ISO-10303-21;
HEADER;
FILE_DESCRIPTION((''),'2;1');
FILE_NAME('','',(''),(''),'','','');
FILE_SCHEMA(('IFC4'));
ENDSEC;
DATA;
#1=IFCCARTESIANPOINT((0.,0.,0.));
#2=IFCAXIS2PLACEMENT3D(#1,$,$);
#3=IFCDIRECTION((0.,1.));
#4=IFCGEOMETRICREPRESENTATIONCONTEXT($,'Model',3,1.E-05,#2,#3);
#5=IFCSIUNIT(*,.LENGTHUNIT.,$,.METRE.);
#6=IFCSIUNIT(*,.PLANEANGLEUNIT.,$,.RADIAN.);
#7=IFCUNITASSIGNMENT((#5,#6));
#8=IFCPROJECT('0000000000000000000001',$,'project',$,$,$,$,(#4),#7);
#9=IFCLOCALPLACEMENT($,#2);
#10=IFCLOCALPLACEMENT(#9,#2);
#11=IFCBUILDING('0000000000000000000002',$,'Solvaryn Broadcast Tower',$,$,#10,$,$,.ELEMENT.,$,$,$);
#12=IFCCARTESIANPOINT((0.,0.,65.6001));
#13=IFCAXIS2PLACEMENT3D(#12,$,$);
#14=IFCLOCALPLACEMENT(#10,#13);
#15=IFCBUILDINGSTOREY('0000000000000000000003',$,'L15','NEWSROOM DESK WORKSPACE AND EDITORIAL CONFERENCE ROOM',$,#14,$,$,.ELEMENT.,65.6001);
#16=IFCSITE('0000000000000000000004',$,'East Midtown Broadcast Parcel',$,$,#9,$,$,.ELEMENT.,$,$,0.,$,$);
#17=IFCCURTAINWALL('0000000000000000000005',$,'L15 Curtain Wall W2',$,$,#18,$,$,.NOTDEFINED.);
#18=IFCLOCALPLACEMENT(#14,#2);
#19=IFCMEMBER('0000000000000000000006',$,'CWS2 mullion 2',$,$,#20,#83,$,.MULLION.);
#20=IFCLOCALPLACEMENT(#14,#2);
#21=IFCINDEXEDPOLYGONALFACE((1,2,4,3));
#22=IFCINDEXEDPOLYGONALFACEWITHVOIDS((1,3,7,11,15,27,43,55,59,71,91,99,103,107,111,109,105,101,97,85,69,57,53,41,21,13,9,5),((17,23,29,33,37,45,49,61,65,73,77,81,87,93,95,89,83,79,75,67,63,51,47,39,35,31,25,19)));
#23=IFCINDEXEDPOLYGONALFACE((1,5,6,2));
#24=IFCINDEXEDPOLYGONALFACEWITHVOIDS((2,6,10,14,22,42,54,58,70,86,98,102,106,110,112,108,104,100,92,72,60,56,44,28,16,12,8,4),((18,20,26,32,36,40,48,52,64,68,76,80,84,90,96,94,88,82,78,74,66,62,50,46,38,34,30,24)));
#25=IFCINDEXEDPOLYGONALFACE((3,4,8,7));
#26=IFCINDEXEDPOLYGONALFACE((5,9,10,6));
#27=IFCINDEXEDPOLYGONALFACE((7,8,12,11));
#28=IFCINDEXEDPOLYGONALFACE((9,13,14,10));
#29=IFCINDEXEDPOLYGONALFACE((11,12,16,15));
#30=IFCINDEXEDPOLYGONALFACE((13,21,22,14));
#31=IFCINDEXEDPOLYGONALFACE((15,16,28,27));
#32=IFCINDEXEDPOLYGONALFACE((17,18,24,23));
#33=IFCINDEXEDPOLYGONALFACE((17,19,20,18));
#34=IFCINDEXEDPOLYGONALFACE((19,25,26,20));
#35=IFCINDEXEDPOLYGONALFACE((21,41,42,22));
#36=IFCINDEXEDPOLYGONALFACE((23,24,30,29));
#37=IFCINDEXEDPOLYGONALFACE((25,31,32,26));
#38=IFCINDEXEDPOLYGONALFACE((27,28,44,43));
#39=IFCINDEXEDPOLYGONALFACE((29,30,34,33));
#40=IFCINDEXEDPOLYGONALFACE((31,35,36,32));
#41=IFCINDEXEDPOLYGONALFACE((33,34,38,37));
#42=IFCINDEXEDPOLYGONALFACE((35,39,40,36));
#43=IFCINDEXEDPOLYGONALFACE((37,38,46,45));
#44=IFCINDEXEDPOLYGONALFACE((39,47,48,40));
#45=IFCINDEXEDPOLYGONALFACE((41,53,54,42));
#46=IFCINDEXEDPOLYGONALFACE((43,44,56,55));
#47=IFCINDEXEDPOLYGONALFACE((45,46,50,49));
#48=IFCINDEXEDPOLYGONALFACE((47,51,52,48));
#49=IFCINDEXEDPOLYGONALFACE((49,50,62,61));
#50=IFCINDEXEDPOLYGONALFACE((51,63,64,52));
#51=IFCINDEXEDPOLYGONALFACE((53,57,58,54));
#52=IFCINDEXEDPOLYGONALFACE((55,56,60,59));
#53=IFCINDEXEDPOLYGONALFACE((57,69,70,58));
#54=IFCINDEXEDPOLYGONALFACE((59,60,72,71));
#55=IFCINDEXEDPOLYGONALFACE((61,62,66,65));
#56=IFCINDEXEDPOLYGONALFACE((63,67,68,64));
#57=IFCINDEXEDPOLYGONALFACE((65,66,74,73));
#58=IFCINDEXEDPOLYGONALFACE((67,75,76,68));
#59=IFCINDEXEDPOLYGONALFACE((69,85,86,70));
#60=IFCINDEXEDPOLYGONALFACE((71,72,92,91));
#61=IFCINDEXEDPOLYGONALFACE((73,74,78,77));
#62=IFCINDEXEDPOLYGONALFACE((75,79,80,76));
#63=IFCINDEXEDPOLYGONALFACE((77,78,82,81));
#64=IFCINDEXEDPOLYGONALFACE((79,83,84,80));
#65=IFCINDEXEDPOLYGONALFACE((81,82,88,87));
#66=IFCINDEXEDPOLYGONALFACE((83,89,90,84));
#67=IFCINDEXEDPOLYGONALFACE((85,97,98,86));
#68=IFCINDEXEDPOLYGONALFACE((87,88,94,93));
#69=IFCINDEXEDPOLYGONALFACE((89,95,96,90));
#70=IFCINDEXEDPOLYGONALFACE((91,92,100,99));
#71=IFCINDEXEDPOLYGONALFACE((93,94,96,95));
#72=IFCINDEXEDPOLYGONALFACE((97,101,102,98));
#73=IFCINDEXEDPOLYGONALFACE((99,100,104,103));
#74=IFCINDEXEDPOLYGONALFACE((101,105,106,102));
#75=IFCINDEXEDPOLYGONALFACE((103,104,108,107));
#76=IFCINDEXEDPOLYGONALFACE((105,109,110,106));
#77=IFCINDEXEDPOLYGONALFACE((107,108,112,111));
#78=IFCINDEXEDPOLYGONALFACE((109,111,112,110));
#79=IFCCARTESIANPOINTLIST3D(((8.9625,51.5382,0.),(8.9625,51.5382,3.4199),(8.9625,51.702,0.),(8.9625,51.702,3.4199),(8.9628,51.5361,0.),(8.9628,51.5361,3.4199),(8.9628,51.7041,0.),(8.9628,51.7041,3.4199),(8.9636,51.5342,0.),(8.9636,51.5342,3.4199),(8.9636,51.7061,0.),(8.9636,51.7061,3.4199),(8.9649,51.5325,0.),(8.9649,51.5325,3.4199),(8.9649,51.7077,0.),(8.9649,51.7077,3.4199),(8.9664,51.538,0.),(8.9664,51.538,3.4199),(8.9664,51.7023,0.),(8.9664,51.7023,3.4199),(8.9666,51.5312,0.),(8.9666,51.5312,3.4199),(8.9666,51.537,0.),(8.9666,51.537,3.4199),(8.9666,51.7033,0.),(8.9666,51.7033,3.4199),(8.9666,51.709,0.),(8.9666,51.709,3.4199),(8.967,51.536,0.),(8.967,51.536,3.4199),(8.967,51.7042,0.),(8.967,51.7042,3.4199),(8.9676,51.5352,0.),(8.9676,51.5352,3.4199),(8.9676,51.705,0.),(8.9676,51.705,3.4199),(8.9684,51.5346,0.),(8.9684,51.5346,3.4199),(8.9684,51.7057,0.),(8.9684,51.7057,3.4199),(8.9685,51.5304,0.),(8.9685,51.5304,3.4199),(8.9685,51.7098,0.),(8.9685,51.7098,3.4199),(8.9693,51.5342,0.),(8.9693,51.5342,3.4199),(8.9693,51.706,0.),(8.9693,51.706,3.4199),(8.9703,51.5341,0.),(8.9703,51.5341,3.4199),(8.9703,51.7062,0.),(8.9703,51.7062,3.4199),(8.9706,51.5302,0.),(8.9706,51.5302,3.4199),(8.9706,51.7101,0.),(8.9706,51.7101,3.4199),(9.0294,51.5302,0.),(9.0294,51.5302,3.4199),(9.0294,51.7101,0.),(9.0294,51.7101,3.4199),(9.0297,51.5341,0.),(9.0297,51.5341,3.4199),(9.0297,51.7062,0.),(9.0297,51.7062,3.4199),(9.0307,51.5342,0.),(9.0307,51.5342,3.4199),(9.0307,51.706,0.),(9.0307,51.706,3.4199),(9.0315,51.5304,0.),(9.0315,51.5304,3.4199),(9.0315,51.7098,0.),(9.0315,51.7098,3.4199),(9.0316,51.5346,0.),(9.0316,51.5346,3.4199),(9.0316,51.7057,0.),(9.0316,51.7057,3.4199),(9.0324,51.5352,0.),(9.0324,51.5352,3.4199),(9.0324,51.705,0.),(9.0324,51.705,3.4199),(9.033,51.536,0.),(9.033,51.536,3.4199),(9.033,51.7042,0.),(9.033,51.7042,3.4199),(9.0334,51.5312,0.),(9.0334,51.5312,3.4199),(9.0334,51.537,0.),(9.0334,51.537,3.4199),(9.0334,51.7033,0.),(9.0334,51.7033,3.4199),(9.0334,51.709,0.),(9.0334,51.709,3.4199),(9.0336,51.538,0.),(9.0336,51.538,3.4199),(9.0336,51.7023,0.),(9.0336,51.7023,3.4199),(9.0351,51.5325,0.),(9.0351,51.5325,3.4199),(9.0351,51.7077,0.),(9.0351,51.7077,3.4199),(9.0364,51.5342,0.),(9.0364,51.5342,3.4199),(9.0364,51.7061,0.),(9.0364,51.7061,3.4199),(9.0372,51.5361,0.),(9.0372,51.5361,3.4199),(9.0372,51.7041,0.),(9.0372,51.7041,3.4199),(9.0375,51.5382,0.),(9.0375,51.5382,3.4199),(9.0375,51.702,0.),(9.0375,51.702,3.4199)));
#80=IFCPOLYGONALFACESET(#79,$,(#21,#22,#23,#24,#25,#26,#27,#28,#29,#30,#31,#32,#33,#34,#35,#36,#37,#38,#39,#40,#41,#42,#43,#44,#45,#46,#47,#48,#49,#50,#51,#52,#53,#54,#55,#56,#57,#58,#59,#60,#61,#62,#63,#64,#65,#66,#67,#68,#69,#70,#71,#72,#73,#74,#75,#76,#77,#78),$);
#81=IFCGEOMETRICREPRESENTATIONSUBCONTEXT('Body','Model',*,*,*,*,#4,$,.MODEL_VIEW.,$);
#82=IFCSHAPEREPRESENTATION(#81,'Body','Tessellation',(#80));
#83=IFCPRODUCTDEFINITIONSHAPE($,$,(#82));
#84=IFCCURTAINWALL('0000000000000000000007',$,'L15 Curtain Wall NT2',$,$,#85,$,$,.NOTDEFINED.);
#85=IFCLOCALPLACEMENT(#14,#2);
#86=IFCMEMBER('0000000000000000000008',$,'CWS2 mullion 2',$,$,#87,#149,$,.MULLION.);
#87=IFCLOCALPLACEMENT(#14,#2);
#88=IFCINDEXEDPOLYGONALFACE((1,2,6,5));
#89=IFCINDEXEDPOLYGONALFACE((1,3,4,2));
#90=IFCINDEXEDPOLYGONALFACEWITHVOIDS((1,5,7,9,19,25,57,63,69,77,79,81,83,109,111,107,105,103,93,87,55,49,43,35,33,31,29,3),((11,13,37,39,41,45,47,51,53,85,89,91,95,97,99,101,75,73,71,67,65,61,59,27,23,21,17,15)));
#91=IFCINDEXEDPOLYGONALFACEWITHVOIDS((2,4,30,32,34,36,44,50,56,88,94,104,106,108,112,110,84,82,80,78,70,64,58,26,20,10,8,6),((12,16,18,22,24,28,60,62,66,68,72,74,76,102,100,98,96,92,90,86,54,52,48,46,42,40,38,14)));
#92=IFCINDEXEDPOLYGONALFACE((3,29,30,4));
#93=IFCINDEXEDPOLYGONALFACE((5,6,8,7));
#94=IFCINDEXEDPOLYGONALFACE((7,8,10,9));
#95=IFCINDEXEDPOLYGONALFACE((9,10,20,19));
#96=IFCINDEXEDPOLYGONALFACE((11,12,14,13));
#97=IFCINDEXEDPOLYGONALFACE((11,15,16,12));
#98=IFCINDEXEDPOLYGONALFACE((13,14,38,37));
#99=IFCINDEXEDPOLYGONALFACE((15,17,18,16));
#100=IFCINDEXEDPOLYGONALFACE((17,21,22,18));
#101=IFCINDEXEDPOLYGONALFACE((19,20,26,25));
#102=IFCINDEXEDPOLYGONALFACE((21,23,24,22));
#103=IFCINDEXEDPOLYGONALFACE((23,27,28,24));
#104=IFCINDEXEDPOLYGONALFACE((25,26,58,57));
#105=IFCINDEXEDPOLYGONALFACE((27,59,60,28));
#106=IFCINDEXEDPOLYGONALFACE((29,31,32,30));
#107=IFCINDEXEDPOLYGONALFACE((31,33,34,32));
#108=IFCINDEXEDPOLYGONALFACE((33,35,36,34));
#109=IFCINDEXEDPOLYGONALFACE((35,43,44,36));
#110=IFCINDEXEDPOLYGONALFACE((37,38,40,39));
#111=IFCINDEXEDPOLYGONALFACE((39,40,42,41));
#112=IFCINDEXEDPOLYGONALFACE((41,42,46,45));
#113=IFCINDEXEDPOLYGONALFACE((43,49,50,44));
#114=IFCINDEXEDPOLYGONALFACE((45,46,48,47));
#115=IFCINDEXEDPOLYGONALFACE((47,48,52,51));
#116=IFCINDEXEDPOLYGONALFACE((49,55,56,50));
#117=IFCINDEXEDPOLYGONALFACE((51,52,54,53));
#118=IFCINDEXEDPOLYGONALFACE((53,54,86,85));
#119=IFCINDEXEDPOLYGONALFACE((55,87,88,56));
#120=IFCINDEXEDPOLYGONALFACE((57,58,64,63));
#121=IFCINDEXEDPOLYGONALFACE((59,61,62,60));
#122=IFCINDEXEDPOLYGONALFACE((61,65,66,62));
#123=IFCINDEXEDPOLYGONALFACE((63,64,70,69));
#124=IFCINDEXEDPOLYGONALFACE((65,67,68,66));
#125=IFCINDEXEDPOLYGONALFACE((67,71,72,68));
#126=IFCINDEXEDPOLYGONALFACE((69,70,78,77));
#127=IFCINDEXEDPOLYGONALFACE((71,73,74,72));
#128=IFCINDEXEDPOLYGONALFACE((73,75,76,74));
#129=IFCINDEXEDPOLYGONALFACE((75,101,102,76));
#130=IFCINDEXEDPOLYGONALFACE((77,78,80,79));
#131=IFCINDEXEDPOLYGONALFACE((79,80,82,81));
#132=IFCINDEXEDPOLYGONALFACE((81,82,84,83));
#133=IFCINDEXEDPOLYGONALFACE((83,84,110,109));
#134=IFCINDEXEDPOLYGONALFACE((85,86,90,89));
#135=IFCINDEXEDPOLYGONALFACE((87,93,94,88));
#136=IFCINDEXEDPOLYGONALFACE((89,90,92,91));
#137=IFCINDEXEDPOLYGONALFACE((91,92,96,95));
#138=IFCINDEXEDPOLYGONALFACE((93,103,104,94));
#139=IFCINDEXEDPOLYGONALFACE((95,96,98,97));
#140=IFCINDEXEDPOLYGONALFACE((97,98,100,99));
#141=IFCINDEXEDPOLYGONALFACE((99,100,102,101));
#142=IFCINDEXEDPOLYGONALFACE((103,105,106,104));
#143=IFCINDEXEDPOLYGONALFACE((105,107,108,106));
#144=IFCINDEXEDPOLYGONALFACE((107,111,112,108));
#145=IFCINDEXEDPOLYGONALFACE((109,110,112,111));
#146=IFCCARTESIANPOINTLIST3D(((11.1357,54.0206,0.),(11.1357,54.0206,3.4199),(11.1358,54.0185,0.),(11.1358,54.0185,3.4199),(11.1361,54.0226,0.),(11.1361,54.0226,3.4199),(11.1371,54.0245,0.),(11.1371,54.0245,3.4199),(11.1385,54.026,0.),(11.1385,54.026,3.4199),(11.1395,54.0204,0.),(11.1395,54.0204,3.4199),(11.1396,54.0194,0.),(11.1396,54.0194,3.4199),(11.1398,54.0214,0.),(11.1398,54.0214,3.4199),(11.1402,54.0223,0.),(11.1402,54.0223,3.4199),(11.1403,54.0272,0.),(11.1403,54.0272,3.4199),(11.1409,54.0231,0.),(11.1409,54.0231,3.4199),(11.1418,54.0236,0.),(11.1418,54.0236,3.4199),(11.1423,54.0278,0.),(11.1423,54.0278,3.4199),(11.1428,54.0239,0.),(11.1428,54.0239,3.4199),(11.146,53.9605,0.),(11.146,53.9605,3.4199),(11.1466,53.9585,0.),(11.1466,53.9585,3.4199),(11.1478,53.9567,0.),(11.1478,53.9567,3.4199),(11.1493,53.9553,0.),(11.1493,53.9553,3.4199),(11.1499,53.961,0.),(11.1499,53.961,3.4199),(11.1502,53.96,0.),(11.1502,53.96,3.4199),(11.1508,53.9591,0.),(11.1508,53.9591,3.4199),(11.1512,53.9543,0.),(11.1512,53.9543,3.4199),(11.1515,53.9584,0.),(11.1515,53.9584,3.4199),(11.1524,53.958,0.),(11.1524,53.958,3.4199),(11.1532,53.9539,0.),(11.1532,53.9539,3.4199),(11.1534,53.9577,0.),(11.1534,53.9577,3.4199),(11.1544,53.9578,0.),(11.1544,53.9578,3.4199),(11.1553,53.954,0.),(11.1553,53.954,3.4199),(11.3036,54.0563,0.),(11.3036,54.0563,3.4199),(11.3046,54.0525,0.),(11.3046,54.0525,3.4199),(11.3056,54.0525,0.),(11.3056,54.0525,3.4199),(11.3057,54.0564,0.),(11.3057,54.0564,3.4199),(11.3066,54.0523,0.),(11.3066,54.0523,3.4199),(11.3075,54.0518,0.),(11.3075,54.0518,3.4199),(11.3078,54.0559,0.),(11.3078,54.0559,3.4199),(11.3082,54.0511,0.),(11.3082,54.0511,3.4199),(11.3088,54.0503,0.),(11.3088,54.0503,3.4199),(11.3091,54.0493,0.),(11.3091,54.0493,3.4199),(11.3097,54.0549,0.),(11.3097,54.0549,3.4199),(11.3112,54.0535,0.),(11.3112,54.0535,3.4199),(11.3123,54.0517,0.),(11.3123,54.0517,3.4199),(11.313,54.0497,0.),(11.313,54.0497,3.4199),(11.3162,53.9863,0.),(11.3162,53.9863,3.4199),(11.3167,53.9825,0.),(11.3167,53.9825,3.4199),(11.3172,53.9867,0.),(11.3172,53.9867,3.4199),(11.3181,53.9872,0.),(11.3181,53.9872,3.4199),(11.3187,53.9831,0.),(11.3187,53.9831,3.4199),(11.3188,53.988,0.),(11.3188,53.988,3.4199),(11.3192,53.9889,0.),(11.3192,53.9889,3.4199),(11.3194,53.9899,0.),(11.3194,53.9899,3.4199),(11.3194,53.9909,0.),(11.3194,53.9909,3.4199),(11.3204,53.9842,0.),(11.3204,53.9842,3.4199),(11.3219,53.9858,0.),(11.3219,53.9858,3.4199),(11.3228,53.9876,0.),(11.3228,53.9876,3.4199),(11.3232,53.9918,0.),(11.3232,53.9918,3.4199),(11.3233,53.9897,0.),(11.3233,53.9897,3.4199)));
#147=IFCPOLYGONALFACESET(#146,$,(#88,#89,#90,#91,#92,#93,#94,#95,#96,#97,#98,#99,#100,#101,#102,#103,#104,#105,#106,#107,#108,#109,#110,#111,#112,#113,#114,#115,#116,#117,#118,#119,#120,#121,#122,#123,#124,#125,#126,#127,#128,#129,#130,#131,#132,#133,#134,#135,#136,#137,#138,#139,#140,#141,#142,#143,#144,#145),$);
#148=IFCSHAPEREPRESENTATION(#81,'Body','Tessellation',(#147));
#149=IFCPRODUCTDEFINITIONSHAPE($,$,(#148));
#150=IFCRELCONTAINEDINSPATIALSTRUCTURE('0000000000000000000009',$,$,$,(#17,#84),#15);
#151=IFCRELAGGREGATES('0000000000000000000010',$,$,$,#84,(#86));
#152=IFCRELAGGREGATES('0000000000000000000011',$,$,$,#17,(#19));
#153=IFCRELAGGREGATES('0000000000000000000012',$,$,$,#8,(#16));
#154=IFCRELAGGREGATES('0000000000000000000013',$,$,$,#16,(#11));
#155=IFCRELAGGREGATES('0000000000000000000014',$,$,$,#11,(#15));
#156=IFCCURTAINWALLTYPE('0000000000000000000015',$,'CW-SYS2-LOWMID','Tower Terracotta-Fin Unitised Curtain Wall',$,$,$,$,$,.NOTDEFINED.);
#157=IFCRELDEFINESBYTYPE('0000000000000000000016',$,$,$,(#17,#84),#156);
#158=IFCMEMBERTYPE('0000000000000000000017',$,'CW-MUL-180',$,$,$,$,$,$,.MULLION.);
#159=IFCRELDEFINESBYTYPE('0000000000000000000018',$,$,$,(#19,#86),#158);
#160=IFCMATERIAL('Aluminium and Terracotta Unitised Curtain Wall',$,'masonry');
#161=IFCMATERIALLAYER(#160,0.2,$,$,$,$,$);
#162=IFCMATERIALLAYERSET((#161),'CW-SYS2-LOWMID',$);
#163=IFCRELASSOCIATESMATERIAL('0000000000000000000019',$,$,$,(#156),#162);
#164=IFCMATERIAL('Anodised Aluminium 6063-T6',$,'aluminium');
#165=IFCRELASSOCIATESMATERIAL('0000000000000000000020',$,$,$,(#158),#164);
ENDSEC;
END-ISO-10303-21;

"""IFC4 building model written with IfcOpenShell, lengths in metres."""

from ifc_helpers import new_model, si_unit, direction, frame, origin, origin_2d, place, context, subcontext, project, spatial, hollow_rectangle, extrude, material, layer, layer_set, material_profile, profile_set, type_object, element, aggregate, save


model = new_model("IFC4")

# Units and contexts
model_context = context("Model", 3, precision=1e-05, world=origin(), true_north=direction((0.0, 1.0)))
body_context = subcontext(model_context, "Body", "Model", "MODEL_VIEW")
ifc_project = project(units=[si_unit("LENGTHUNIT", "METRE"), si_unit("PLANEANGLEUNIT", "RADIAN")], contexts=[model_context])

# Site, building, storey
site_placement = place(None, origin())
site = spatial("IfcSite", under=ifc_project, at=site_placement, Name="East Midtown Broadcast Parcel", CompositionType="ELEMENT", RefElevation=0.0)
building_placement = place(site_placement, origin())
building = spatial("IfcBuilding", under=site, at=building_placement, Name="Solvaryn Broadcast Tower", CompositionType="ELEMENT")
storey_placement = place(building_placement, frame((0.0, 0.0, 65.6001)))
storey = spatial("IfcBuildingStorey", under=building, at=storey_placement, Name="L15", Description="NEWSROOM DESK WORKSPACE AND EDITORIAL CONFERENCE ROOM", CompositionType="ELEMENT", Elevation=65.6001)

# Shared definitions
ifc_material_1 = material(Name="Aluminium and Terracotta Unitised Curtain Wall", Category="masonry")
ifc_layer_1 = layer(ifc_material_1, 0.2)
ifc_layer_set_1 = layer_set([ifc_layer_1], Name="CW-SYS2-LOWMID")
curtain_wall_type = type_object("IfcCurtainWallType", Name="CW-SYS2-LOWMID", Description="Tower Terracotta-Fin Unitised Curtain Wall", PredefinedType="NOTDEFINED", material=ifc_layer_set_1)
ifc_material_2 = material(Name="Anodised Aluminium 6063-T6", Category="aluminium")
ifc_material_profile_1 = material_profile(ifc_material_2, hollow_rectangle(XDim=0.075, YDim=0.1799, WallThickness=0.0039, InnerFilletRadius=0.0039, OuterFilletRadius=0.0081, at=origin_2d()))
ifc_profile_set_1 = profile_set([ifc_material_profile_1], Name="Anodised Aluminium 6063-T6")
member_type_1 = type_object("IfcMemberType", Name="CW-MUL-180", PredefinedType="MULLION", material=ifc_profile_set_1)

# Curtain wall, member
curtain_wall_1_placement = place(storey_placement, origin())
curtain_wall_1 = element("IfcCurtainWall", 1, at=curtain_wall_1_placement, inside=storey, type_object=curtain_wall_type, Name="L15 Curtain Wall W2", PredefinedType="NOTDEFINED")
member_1_placement = place(storey_placement, frame((9.0, 51.6201, 0.0), z_axis=(0.0, 0.0, 1.0), x_axis=(-1.0, 0.0, 0.0)))
member_1 = element("IfcMember", 2, at=member_1_placement, type_object=member_type_1, Name="CWS2 mullion 2", PredefinedType="MULLION", context=body_context, shape_type="SweptSolid", body=[
    extrude(hollow_rectangle(XDim=0.075, YDim=0.1799, WallThickness=0.0039, InnerFilletRadius=0.0039, OuterFilletRadius=0.0081, at=origin_2d()), origin(), (0.0, 0.0, 1.0), 3.4199),
])

# Curtain wall, member
curtain_wall_2_placement = place(storey_placement, origin())
curtain_wall_2 = element("IfcCurtainWall", 3, at=curtain_wall_2_placement, inside=storey, type_object=curtain_wall_type, Name="L15 Curtain Wall NT2", PredefinedType="NOTDEFINED")
member_2_placement = place(storey_placement, frame((11.2295, 54.0051, 0.0), z_axis=(0.0, 0.0, 1.0), x_axis=(0.173785, -0.984784, 0.0)))
member_2 = element("IfcMember", 4, at=member_2_placement, type_object=member_type_1, Name="CWS2 mullion 2", PredefinedType="MULLION", context=body_context, shape_type="SweptSolid", body=[
    extrude(hollow_rectangle(XDim=0.075, YDim=0.1799, WallThickness=0.0039, InnerFilletRadius=0.0039, OuterFilletRadius=0.0081, at=origin_2d()), origin(), (0.0, 0.0, 1.0), 3.4199),
])
aggregate(curtain_wall_2, [member_2])

aggregate(curtain_wall_1, [member_1])

save(model, "model.ifc")
